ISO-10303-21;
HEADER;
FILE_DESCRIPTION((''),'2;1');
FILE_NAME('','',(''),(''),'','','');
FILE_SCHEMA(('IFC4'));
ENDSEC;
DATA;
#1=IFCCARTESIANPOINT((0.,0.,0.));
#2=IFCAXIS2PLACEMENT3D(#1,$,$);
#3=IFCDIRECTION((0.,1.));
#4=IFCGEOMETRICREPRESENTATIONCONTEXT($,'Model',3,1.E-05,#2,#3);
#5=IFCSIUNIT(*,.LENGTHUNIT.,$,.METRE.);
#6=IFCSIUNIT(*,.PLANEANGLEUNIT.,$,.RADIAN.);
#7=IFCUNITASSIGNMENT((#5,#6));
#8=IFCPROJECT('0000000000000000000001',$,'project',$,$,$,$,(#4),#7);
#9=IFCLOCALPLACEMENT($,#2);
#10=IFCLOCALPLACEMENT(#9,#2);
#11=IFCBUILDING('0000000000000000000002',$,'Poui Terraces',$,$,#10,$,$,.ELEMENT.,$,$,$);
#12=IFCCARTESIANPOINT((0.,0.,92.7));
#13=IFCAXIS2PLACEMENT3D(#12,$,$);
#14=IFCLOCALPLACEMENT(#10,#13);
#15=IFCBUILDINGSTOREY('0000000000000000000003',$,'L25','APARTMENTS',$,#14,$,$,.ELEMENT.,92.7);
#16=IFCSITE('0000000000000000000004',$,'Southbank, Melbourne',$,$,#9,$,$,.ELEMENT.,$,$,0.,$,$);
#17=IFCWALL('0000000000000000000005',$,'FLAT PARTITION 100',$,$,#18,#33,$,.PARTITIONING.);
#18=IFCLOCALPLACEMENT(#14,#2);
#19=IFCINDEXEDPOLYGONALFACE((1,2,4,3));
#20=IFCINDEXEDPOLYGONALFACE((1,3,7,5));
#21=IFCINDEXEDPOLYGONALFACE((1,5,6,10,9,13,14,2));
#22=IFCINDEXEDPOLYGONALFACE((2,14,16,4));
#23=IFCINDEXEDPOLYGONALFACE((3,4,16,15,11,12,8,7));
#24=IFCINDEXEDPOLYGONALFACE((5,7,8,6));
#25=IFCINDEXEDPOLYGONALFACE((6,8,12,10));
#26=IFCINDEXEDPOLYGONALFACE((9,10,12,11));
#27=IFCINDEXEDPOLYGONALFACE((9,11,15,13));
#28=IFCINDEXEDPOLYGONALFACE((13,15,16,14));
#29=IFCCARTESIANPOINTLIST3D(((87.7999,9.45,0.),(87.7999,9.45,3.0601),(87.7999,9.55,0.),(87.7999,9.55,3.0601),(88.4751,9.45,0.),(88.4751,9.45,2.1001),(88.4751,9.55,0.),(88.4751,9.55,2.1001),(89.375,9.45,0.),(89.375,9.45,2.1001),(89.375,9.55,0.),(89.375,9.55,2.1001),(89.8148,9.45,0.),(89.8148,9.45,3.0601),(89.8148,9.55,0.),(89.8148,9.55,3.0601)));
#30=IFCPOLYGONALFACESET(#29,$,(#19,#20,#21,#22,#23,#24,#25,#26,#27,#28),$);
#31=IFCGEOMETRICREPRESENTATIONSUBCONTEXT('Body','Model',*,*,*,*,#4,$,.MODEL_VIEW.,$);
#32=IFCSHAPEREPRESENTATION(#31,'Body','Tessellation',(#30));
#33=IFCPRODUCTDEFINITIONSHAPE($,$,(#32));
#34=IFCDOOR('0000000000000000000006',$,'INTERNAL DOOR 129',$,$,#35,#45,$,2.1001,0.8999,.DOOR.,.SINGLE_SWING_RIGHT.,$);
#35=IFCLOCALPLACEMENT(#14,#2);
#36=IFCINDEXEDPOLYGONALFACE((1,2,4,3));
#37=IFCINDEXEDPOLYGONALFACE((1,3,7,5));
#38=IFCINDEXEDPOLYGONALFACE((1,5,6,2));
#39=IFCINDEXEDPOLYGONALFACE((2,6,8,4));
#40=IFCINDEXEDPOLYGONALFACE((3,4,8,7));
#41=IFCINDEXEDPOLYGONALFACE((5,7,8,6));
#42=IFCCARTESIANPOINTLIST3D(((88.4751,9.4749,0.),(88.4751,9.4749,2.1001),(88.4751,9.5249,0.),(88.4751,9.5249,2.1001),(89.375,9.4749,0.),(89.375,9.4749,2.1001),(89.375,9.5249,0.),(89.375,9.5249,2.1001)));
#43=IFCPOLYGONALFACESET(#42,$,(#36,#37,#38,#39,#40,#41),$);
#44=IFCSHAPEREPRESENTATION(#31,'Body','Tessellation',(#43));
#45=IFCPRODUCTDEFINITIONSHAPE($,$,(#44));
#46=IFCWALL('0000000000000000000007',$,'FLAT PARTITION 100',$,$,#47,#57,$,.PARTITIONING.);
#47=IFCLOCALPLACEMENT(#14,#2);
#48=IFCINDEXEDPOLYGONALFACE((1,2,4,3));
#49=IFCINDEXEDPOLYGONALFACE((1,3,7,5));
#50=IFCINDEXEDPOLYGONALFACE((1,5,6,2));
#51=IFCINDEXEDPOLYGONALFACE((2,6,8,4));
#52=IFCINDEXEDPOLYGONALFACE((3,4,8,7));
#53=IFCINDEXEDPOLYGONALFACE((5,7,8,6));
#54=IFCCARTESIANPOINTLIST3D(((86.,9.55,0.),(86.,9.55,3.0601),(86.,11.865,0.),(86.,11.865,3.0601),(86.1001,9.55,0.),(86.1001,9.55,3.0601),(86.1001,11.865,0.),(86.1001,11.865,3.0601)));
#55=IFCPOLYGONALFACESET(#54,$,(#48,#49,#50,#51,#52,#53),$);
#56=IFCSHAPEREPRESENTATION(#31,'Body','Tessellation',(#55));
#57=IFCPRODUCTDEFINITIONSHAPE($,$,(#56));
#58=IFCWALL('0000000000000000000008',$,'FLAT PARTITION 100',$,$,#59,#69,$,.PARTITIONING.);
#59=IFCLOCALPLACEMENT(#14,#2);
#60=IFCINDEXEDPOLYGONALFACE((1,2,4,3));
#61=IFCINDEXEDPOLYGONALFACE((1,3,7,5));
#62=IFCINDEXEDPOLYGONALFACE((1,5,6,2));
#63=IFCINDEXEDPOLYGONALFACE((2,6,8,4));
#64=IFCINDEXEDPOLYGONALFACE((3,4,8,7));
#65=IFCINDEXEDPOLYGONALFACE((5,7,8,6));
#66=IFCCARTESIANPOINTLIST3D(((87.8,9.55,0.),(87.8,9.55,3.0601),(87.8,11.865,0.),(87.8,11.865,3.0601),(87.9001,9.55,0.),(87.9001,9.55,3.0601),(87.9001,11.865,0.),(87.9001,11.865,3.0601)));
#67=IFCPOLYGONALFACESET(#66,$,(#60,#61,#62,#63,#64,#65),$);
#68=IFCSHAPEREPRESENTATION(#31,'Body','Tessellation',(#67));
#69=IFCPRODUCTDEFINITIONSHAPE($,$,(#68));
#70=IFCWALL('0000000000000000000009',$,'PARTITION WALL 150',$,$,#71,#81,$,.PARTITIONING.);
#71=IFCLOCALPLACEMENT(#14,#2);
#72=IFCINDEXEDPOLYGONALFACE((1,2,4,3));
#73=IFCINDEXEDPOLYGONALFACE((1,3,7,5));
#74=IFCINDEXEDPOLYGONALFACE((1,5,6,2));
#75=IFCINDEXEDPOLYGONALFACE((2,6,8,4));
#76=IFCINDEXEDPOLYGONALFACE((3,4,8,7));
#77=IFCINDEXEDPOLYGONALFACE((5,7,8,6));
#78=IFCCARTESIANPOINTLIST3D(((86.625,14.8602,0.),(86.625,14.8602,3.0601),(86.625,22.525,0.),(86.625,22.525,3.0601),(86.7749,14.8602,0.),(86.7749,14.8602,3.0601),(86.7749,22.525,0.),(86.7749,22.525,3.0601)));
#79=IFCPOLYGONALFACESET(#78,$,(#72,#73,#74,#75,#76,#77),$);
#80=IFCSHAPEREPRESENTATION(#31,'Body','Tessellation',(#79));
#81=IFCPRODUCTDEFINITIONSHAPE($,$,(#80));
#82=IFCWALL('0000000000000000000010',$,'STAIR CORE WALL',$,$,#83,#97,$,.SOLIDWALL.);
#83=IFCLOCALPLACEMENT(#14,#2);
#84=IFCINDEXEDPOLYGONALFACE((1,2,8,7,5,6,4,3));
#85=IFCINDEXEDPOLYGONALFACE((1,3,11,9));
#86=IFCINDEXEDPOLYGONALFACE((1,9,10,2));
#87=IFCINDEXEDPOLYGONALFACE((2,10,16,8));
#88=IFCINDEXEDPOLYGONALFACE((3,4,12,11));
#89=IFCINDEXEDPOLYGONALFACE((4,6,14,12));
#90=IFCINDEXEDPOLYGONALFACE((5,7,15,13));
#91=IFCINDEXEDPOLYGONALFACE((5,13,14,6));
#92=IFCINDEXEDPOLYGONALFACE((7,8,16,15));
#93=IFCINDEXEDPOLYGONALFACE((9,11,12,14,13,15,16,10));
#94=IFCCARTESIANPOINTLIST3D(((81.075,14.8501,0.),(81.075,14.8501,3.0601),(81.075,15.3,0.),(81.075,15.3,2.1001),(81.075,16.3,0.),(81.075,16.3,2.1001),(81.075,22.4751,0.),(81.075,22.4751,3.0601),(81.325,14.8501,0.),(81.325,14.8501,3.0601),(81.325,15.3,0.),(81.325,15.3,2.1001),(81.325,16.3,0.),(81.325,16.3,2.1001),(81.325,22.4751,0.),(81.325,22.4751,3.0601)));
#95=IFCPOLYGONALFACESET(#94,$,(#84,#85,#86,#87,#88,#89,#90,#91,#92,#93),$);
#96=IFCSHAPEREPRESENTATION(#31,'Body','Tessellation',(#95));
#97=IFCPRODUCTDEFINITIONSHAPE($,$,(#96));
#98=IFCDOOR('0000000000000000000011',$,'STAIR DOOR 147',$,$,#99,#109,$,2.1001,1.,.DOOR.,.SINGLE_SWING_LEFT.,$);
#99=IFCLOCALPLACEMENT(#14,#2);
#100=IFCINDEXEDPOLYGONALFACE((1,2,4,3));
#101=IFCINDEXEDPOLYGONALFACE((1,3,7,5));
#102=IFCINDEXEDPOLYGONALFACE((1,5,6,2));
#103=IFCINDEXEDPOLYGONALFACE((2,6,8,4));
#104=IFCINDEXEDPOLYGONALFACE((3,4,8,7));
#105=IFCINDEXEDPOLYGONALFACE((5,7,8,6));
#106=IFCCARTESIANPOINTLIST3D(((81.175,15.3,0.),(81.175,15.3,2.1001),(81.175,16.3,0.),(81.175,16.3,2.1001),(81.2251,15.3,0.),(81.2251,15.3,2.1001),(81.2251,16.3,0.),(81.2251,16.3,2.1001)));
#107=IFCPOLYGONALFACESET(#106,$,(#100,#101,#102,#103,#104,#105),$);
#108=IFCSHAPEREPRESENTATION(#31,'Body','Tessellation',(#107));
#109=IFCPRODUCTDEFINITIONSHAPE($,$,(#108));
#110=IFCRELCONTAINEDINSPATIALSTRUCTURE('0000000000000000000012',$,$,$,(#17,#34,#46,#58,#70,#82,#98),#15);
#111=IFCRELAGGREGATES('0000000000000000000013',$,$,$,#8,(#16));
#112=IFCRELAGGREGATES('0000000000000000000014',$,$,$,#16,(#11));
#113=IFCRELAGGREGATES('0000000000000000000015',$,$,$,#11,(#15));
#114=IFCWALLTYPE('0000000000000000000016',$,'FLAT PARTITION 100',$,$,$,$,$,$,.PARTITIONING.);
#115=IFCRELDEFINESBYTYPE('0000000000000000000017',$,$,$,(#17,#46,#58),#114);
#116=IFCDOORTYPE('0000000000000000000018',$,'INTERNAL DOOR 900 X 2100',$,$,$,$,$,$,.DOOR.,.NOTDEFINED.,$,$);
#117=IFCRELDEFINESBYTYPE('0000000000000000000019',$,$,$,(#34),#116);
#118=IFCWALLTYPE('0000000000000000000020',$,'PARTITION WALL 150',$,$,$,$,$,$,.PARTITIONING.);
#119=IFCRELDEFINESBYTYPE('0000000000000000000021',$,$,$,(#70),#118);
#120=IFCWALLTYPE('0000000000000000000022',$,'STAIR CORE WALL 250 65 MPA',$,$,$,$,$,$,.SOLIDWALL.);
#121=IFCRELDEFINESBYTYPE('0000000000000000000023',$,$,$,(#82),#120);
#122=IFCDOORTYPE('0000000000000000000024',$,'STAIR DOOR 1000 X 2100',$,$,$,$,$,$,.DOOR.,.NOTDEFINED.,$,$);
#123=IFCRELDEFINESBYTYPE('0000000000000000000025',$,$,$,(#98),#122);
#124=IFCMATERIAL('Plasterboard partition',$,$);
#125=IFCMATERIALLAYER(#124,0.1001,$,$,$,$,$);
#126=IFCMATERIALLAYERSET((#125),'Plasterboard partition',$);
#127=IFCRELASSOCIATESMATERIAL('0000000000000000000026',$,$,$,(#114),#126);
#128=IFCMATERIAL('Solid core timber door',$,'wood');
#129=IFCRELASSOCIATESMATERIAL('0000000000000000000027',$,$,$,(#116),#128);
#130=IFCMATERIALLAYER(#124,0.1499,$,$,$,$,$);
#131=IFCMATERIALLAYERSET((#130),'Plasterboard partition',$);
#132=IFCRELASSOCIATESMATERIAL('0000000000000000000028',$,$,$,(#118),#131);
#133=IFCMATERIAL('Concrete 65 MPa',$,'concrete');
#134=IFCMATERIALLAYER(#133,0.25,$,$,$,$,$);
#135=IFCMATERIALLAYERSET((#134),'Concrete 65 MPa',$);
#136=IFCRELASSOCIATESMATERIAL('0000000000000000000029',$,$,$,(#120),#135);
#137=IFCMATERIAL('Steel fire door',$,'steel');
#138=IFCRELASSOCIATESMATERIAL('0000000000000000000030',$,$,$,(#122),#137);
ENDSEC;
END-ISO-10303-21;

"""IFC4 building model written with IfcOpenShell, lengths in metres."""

from ifc_helpers import new_model, si_unit, direction, frame, frame_2d, origin, place, context, subcontext, project, spatial, rectangle, extrude, material, layer, layer_set, type_object, element, fill, save


model = new_model("IFC4")

# Units and contexts
model_context = context("Model", 3, precision=1e-05, world=origin(), true_north=direction((0.0, 1.0)))
body_context = subcontext(model_context, "Body", "Model", "MODEL_VIEW")
ifc_project = project(units=[si_unit("LENGTHUNIT", "METRE"), si_unit("PLANEANGLEUNIT", "RADIAN")], contexts=[model_context])

# Site, building, storey
site_placement = place(None, origin())
site = spatial("IfcSite", under=ifc_project, at=site_placement, Name="Southbank, Melbourne", CompositionType="ELEMENT", RefElevation=0.0)
building_placement = place(site_placement, origin())
building = spatial("IfcBuilding", under=site, at=building_placement, Name="Poui Terraces", CompositionType="ELEMENT")
storey_placement = place(building_placement, frame((0.0, 0.0, 92.7)))
storey = spatial("IfcBuildingStorey", under=building, at=storey_placement, Name="L25", Description="APARTMENTS", CompositionType="ELEMENT", Elevation=92.7)

# Shared definitions
ifc_material_1 = material(Name="Concrete 65 MPa", Category="concrete")

# Wall, opening, door
ifc_material_2 = material(Name="Steel fire door", Category="steel")
ifc_material_3 = material(Name="Solid core timber door", Category="wood")
ifc_material_4 = material(Name="Plasterboard partition")
ifc_layer_1 = layer(ifc_material_4, 0.1001)
ifc_layer_set_1 = layer_set([ifc_layer_1], Name="Plasterboard partition")
wall_type_1 = type_object("IfcWallType", Name="FLAT PARTITION 100", PredefinedType="PARTITIONING", material=ifc_layer_set_1)
wall_1_placement = place(storey_placement, frame((87.8, 9.5, 0.0), z_axis=(0.0, 0.0, 1.0), x_axis=(1.0, 0.0, 0.0)))
wall_1 = element("IfcWall", 1, at=wall_1_placement, inside=storey, type_object=wall_type_1, Name="FLAT PARTITION 100", PredefinedType="PARTITIONING", context=body_context, shape_type="SweptSolid", body=[
    extrude(rectangle(XDim=2.0149, YDim=0.1001, at=frame_2d((1.0073, 0.0))), origin(), (0.0, 0.0, 1.0), 3.0601),
])
opening_1_placement = place(wall_1_placement, frame((0.675, 0.0, 0.0)))
opening_1 = element("IfcOpeningElement", 2, at=opening_1_placement, cuts=wall_1, PredefinedType="OPENING", context=body_context, shape_type="SweptSolid", body=[
    extrude(rectangle(XDim=0.8999, YDim=2.1001, at=frame_2d((0.45, 1.05))), frame((0.0, 0.0601, 0.0), z_axis=(0.0, -1.0, 0.0), x_axis=(1.0, 0.0, 0.0)), (0.0, 0.0, 1.0), 0.1201),
])
door_type_1 = type_object("IfcDoorType", Name="INTERNAL DOOR 900 X 2100", OperationType="NOTDEFINED", PredefinedType="DOOR", material=ifc_material_3)
door_1_placement = place(opening_1_placement, origin())
door_1 = element("IfcDoor", 3, at=door_1_placement, inside=storey, type_object=door_type_1, Name="INTERNAL DOOR 129", OperationType="SINGLE_SWING_RIGHT", OverallHeight=2.1001, OverallWidth=0.8999, PredefinedType="DOOR", context=body_context, shape_type="SweptSolid", body=[
    extrude(rectangle(XDim=0.8999, YDim=2.1001, at=frame_2d((0.45, 1.05))), frame((0.0, 0.0249, 0.0), z_axis=(0.0, -1.0, 0.0), x_axis=(1.0, 0.0, 0.0)), (0.0, 0.0, 1.0), 0.05),
])
fill(opening_1, door_1)

# Walls
for number, where, z_axis, x_axis, name in (
    (4, (86.05, 9.55, 0.0), (0.0, 0.0, 1.0), (0.0, 1.0, 0.0), "FLAT PARTITION 100"),
    (5, (87.8501, 9.55, 0.0), (0.0, 0.0, 1.0), (0.0, 1.0, 0.0), "FLAT PARTITION 100"),
):
    element("IfcWall", number, at=place(storey_placement, frame(where, z_axis=z_axis, x_axis=x_axis)), inside=storey, type_object=wall_type_1, Name=name, PredefinedType="PARTITIONING", context=body_context, shape_type="SweptSolid", body=[
        extrude(rectangle(XDim=2.3149, YDim=0.1001, at=frame_2d((1.1575, 0.0))), origin(), (0.0, 0.0, 1.0), 3.0601),
    ])
ifc_layer_2 = layer(ifc_material_4, 0.1499)
ifc_layer_set_2 = layer_set([ifc_layer_2], Name="Plasterboard partition")
wall_type_2 = type_object("IfcWallType", Name="PARTITION WALL 150", PredefinedType="PARTITIONING", material=ifc_layer_set_2)
wall_2_placement = place(storey_placement, frame((86.7, 14.8601, 0.0), z_axis=(0.0, 0.0, 1.0), x_axis=(0.0, 1.0, 0.0)))
element("IfcWall", 6, at=wall_2_placement, inside=storey, type_object=wall_type_2, Name="PARTITION WALL 150", PredefinedType="PARTITIONING", context=body_context, shape_type="SweptSolid", body=[
    extrude(rectangle(XDim=7.6648, YDim=0.1499, at=frame_2d((3.8325, 0.0))), origin(), (0.0, 0.0, 1.0), 3.0601),
])

# Wall, opening, door
ifc_layer_3 = layer(ifc_material_1, 0.25)
ifc_layer_set_3 = layer_set([ifc_layer_3], Name="Concrete 65 MPa")
wall_type_3 = type_object("IfcWallType", Name="STAIR CORE WALL 250 65 MPA", PredefinedType="SOLIDWALL", material=ifc_layer_set_3)
wall_3_placement = place(storey_placement, frame((81.2, 14.8501, 0.0), z_axis=(0.0, 0.0, 1.0), x_axis=(0.0, 1.0, 0.0)))
wall_3 = element("IfcWall", 7, at=wall_3_placement, inside=storey, type_object=wall_type_3, Name="STAIR CORE WALL", PredefinedType="SOLIDWALL", context=body_context, shape_type="SweptSolid", body=[
    extrude(rectangle(XDim=7.625, YDim=0.25, at=frame_2d((3.8125, 0.0))), origin(), (0.0, 0.0, 1.0), 3.0601),
])
opening_2_placement = place(wall_3_placement, frame((0.45, 0.0, 0.0)))
opening_2 = element("IfcOpeningElement", 8, at=opening_2_placement, cuts=wall_3, PredefinedType="OPENING", context=body_context, shape_type="SweptSolid", body=[
    extrude(rectangle(XDim=1.0, YDim=2.1001, at=frame_2d((0.5, 1.05))), frame((0.0, 0.135, 0.0), z_axis=(0.0, -1.0, 0.0), x_axis=(1.0, 0.0, 0.0)), (0.0, 0.0, 1.0), 0.27),
])
door_type_2 = type_object("IfcDoorType", Name="STAIR DOOR 1000 X 2100", OperationType="NOTDEFINED", PredefinedType="DOOR", material=ifc_material_2)
door_2_placement = place(opening_2_placement, origin())
door_2 = element("IfcDoor", 9, at=door_2_placement, inside=storey, type_object=door_type_2, Name="STAIR DOOR 147", OperationType="SINGLE_SWING_LEFT", OverallHeight=2.1001, OverallWidth=1.0, PredefinedType="DOOR", context=body_context, shape_type="SweptSolid", body=[
    extrude(rectangle(XDim=1.0, YDim=2.1001, at=frame_2d((0.5, 1.05))), frame((0.0, 0.0249, 0.0), z_axis=(0.0, -1.0, 0.0), x_axis=(1.0, 0.0, 0.0)), (0.0, 0.0, 1.0), 0.05),
])
fill(opening_2, door_2)

save(model, "model.ifc")
